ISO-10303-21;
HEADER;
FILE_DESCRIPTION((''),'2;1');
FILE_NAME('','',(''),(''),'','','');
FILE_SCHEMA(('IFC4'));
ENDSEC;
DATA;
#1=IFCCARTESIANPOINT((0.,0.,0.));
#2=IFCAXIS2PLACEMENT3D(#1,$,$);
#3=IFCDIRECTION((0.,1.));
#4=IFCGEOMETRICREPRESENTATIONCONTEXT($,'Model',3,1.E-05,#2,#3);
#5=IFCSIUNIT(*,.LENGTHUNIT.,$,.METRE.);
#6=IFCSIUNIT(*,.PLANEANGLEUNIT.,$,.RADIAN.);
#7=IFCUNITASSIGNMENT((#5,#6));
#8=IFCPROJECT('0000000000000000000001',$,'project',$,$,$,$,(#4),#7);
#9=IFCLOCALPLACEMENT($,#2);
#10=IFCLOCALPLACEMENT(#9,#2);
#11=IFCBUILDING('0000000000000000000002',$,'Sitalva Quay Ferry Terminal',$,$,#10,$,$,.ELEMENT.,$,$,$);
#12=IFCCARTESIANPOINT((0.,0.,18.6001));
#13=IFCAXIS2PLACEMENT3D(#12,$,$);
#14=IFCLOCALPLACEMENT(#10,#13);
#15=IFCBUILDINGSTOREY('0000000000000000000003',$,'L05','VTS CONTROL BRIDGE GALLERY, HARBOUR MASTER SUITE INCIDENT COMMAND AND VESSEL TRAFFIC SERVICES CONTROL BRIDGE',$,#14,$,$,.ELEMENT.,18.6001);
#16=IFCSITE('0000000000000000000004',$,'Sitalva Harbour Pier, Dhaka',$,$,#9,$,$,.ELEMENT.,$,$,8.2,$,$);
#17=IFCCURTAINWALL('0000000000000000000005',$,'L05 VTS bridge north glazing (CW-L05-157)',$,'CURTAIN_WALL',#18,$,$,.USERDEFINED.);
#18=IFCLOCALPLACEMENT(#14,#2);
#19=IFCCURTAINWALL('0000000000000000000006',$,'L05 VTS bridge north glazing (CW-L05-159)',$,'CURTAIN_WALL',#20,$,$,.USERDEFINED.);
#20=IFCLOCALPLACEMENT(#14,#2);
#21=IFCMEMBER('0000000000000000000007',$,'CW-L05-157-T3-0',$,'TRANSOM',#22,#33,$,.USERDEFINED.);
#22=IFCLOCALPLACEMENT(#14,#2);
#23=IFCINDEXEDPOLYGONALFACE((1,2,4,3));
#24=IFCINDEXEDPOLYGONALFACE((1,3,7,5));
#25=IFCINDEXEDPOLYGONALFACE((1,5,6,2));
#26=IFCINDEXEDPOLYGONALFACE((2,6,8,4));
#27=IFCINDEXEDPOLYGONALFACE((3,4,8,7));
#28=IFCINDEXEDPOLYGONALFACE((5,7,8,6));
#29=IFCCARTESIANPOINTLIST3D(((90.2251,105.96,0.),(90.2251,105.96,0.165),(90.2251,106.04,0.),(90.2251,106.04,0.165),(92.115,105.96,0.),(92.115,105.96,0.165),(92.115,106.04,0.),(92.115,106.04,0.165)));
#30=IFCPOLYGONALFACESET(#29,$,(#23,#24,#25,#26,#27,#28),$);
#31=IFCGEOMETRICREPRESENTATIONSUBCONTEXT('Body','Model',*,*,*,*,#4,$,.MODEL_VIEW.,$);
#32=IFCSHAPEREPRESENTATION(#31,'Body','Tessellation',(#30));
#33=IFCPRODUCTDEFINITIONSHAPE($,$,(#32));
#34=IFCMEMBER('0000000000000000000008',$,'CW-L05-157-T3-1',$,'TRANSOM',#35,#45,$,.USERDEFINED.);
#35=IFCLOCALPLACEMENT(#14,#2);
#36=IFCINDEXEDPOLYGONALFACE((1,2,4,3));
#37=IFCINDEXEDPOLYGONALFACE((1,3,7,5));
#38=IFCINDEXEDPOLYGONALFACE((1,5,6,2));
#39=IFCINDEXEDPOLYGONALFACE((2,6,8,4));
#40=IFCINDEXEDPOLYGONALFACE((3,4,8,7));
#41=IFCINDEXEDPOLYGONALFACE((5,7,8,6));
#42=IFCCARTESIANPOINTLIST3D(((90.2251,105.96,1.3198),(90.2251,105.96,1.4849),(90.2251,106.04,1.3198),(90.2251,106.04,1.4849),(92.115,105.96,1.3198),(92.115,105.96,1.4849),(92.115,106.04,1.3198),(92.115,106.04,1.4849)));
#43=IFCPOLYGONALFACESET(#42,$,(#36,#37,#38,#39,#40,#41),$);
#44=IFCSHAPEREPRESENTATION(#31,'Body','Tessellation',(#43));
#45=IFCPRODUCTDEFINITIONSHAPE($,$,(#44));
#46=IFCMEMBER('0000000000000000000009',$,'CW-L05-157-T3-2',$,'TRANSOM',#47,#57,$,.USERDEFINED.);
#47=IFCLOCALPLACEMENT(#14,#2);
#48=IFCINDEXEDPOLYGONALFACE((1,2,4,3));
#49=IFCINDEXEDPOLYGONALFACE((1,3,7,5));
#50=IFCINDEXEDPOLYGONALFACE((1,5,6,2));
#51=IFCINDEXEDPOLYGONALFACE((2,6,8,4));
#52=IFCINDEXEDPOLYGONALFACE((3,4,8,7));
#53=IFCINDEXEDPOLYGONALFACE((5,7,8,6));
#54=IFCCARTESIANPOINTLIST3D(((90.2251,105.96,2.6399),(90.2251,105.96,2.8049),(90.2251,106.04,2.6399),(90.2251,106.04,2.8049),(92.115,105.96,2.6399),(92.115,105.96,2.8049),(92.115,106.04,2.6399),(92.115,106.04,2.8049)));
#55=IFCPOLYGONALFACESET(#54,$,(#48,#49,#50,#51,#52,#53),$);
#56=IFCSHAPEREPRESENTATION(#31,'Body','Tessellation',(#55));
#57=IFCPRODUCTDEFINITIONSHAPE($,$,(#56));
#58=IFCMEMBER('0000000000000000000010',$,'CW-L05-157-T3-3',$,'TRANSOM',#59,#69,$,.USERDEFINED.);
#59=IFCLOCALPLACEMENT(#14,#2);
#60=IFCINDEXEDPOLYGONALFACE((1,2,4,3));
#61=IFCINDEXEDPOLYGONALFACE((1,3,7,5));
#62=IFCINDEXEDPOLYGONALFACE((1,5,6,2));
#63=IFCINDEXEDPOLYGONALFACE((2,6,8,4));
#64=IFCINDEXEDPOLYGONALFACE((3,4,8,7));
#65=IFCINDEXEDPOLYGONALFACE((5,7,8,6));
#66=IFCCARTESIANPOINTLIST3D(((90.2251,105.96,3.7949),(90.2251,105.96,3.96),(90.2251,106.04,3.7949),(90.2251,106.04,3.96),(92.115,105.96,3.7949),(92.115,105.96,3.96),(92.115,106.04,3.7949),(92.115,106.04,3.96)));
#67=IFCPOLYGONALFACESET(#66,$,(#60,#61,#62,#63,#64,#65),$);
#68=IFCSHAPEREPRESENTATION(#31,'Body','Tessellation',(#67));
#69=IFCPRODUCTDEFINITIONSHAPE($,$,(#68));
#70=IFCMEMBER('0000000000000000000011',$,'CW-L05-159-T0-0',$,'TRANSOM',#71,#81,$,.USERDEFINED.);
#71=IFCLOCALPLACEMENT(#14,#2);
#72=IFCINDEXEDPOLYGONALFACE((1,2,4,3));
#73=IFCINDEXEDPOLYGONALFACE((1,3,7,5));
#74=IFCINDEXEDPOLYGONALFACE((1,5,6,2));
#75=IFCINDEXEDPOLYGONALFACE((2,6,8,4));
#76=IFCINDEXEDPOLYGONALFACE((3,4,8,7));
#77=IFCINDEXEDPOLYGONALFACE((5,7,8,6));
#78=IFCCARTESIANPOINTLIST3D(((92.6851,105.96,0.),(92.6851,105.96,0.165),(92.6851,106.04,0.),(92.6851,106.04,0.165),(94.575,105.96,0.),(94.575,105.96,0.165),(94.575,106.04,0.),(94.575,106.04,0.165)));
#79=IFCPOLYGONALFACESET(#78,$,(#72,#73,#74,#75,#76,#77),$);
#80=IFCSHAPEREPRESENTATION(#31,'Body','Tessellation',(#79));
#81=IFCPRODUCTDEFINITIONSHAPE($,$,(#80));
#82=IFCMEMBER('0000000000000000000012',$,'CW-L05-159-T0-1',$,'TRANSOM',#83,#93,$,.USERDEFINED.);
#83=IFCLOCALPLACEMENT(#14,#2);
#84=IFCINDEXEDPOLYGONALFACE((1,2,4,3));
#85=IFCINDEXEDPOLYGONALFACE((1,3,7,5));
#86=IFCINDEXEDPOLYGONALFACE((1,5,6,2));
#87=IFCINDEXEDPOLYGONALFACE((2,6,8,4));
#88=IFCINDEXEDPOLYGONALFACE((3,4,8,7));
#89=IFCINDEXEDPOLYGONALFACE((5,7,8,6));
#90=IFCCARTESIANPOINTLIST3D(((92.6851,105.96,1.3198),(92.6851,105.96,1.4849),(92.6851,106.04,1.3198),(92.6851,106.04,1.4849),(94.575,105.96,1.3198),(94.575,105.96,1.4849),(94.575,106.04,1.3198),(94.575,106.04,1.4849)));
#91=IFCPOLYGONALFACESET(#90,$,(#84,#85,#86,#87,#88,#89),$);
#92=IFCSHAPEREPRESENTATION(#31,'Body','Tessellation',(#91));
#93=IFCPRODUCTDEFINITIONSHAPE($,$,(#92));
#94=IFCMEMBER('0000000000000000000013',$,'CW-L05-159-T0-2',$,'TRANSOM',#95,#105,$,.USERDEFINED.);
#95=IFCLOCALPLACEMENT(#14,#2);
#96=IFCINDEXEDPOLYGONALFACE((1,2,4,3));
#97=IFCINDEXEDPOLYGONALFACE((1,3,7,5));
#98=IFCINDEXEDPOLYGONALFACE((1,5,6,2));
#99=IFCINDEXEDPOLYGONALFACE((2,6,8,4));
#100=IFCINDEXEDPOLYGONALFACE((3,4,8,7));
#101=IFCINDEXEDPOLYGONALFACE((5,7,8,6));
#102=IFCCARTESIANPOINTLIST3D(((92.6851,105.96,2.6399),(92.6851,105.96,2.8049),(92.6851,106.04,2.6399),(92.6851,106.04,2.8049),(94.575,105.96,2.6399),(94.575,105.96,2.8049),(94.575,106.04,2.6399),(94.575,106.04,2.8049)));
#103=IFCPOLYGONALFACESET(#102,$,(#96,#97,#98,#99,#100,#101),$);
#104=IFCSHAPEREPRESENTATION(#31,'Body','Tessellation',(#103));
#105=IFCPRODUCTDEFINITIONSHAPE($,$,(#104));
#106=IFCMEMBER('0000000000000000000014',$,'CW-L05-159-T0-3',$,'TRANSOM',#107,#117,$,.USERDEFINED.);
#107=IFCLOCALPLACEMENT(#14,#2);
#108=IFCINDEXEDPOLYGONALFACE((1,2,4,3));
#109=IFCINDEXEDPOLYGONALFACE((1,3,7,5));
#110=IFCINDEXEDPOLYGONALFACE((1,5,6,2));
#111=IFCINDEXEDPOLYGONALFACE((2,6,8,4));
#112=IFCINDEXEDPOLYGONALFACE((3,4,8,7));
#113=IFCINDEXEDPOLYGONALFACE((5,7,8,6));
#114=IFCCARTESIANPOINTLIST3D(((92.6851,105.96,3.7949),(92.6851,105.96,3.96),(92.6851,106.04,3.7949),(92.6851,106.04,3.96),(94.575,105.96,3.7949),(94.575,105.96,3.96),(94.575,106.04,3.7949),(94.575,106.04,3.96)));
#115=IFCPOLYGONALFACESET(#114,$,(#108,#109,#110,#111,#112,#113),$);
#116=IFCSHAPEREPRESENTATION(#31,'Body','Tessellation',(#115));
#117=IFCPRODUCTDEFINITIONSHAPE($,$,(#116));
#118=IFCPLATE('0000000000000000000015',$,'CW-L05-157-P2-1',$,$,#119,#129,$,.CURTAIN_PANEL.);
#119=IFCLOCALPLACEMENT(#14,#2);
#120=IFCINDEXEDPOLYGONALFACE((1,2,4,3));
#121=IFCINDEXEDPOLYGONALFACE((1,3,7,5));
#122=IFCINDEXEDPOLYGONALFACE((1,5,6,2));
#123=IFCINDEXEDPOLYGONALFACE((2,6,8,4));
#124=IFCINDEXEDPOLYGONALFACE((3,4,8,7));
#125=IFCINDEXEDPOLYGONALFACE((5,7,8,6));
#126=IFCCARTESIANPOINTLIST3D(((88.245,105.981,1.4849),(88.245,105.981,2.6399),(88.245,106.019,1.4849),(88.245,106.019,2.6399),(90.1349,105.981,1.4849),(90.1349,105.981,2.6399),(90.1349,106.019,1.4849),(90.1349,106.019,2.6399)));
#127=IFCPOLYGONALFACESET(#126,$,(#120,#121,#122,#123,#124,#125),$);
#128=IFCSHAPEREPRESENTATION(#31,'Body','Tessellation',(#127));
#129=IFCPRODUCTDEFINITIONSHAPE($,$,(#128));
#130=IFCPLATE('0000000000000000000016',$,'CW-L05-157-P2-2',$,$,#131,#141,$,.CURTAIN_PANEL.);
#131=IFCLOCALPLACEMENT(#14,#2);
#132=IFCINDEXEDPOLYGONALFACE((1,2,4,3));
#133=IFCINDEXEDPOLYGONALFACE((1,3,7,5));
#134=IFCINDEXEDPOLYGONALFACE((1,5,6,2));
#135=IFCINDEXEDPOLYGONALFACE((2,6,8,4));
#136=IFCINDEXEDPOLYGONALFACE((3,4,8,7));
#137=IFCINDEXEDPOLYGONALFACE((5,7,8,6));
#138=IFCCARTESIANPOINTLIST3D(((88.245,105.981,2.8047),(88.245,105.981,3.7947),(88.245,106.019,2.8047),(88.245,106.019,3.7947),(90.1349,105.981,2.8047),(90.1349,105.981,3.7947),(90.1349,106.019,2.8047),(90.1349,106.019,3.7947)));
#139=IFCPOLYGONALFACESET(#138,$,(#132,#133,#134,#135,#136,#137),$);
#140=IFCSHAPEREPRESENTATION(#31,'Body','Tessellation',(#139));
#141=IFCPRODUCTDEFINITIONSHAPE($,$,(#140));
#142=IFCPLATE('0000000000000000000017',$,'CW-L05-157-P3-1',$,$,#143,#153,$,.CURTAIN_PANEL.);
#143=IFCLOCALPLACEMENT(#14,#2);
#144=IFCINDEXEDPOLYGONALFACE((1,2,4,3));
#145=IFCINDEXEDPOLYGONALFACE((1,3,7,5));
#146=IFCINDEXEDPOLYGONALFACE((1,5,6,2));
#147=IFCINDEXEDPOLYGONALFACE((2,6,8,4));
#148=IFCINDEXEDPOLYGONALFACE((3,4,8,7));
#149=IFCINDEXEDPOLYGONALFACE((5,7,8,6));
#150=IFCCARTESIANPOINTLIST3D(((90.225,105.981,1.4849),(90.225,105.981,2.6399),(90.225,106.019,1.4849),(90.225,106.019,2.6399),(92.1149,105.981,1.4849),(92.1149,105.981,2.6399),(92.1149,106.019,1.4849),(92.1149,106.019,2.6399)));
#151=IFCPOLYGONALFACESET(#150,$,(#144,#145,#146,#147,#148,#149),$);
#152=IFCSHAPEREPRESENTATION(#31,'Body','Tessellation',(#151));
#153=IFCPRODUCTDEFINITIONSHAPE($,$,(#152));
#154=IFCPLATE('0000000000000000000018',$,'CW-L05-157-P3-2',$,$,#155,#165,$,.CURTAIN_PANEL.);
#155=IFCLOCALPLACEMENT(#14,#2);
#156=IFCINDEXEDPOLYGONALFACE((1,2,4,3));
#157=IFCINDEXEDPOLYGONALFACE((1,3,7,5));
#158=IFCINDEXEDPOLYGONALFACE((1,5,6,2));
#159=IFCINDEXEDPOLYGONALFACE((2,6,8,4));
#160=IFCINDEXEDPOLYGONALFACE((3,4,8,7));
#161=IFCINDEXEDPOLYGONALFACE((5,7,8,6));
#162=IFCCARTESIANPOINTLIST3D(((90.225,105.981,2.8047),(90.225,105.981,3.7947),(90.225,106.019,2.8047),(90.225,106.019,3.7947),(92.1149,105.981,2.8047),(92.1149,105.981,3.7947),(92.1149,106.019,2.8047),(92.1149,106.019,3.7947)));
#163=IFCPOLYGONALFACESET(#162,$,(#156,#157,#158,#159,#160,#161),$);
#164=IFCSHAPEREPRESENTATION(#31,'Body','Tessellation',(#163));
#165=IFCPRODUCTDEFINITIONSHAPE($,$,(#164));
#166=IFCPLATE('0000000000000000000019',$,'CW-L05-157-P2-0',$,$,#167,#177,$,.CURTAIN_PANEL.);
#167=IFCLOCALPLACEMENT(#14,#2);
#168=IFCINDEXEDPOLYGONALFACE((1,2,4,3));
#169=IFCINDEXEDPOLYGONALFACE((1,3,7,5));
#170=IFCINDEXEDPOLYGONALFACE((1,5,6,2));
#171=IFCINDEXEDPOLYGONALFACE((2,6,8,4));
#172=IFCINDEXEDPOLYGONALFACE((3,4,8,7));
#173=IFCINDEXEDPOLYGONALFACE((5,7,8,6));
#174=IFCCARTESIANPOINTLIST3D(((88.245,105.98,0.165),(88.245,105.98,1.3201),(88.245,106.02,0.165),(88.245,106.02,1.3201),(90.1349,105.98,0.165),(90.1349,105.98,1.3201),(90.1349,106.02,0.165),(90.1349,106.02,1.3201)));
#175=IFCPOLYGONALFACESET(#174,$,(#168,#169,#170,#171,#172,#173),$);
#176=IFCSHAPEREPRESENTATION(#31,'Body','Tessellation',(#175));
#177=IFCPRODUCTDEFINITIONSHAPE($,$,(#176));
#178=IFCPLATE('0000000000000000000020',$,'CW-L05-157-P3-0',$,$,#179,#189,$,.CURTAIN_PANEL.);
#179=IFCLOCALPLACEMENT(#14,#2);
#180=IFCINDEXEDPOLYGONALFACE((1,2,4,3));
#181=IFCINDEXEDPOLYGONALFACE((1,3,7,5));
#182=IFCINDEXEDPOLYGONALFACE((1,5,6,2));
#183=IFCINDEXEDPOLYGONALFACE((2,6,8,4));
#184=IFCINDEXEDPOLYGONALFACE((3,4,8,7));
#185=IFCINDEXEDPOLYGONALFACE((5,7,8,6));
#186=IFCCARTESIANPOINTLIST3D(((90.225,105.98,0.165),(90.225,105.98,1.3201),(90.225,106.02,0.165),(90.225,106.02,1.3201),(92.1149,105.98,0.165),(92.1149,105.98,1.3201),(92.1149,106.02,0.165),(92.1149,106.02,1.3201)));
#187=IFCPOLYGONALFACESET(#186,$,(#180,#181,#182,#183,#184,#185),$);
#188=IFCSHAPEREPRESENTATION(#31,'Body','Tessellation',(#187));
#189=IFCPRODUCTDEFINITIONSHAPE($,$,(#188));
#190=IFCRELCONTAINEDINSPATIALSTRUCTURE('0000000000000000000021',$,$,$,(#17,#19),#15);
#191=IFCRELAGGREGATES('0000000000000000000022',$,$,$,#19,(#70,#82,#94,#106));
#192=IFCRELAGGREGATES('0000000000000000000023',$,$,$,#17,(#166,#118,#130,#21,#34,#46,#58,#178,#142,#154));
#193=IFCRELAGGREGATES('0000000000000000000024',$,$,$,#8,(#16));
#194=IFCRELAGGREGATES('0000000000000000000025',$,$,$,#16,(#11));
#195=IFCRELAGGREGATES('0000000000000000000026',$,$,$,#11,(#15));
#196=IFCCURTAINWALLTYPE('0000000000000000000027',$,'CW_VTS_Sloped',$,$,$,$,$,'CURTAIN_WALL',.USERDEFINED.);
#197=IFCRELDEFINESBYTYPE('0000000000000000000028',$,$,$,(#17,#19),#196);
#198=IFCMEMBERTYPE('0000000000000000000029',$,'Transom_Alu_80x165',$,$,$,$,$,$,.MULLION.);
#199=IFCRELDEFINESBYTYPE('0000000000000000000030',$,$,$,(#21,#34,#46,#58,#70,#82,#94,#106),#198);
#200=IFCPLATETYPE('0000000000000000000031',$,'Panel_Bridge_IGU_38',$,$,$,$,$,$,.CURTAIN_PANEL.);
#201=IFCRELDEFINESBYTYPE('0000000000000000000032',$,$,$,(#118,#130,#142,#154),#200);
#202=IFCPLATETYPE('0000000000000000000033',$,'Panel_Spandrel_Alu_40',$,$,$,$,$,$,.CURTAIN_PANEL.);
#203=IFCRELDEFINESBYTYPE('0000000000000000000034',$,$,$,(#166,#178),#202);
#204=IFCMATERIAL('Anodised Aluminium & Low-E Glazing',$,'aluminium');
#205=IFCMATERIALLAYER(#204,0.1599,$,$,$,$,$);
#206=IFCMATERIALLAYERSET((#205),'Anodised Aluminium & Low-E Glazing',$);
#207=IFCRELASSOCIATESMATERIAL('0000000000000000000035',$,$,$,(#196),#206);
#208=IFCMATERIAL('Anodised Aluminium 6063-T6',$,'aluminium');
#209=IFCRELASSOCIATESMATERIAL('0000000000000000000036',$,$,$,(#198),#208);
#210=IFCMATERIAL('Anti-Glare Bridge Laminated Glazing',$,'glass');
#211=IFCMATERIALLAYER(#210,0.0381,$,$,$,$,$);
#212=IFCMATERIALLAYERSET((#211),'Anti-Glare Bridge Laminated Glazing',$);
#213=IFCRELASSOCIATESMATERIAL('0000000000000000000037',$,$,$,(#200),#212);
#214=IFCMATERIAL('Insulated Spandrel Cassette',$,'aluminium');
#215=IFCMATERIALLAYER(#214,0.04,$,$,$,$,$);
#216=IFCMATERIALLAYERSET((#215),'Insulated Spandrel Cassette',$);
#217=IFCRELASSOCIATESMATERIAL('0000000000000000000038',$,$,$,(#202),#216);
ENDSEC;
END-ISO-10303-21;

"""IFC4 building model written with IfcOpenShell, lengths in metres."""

from ifc_helpers import new_model, si_unit, direction, frame, origin, origin_2d, place, context, subcontext, project, spatial, rectangle, extrude, material, layer, layer_set, material_profile, profile_set, type_object, element, aggregate, save


model = new_model("IFC4")

# Units and contexts
model_context = context("Model", 3, precision=1e-05, world=origin(), true_north=direction((0.0, 1.0)))
body_context = subcontext(model_context, "Body", "Model", "MODEL_VIEW")
ifc_project = project(units=[si_unit("LENGTHUNIT", "METRE"), si_unit("PLANEANGLEUNIT", "RADIAN")], contexts=[model_context])

# Site, building, storey
site_placement = place(None, origin())
site = spatial("IfcSite", under=ifc_project, at=site_placement, Name="Sitalva Harbour Pier, Dhaka", CompositionType="ELEMENT", RefElevation=8.2)
building_placement = place(site_placement, origin())
building = spatial("IfcBuilding", under=site, at=building_placement, Name="Sitalva Quay Ferry Terminal", CompositionType="ELEMENT")
storey_placement = place(building_placement, frame((0.0, 0.0, 18.6001)))
storey = spatial("IfcBuildingStorey", under=building, at=storey_placement, Name="L05", Description="VTS CONTROL BRIDGE GALLERY, HARBOUR MASTER SUITE INCIDENT COMMAND AND VESSEL TRAFFIC SERVICES CONTROL BRIDGE", CompositionType="ELEMENT", Elevation=18.6001)

# Curtain wall
ifc_material_1 = material(Name="Anodised Aluminium & Low-E Glazing", Category="aluminium")
ifc_layer_1 = layer(ifc_material_1, 0.1599)
ifc_layer_set_1 = layer_set([ifc_layer_1], Name="Anodised Aluminium & Low-E Glazing")
curtain_wall_type = type_object("IfcCurtainWallType", Name="CW_VTS_Sloped", ElementType="CURTAIN_WALL", PredefinedType="USERDEFINED", material=ifc_layer_set_1)
curtain_wall_1_placement = place(storey_placement, origin())
curtain_wall_1 = element("IfcCurtainWall", 1, at=curtain_wall_1_placement, inside=storey, type_object=curtain_wall_type, Name="L05 VTS bridge north glazing (CW-L05-157)", ObjectType="CURTAIN_WALL", PredefinedType="USERDEFINED")

# Curtain wall
curtain_wall_2_placement = place(storey_placement, origin())
curtain_wall_2 = element("IfcCurtainWall", 2, at=curtain_wall_2_placement, inside=storey, type_object=curtain_wall_type, Name="L05 VTS bridge north glazing (CW-L05-159)", ObjectType="CURTAIN_WALL", PredefinedType="USERDEFINED")

# Members
ifc_material_2 = material(Name="Anodised Aluminium 6063-T6", Category="aluminium")
ifc_material_profile_1 = material_profile(ifc_material_2, rectangle(XDim=0.0801, YDim=0.165, at=origin_2d()), Name="ALU80x165")
ifc_profile_set_1 = profile_set([ifc_material_profile_1], Name="Anodised Aluminium 6063-T6")
member_type_1 = type_object("IfcMemberType", Name="Transom_Alu_80x165", PredefinedType="MULLION", material=ifc_profile_set_1)
member_1_placement = place(storey_placement, frame((90.2251, 106.0, 0.0825), z_axis=(1.0, 0.0, 0.0), x_axis=(0.0, 1.0, 0.0)))
member_1 = element("IfcMember", 3, at=member_1_placement, type_object=member_type_1, Name="CW-L05-157-T3-0", ObjectType="TRANSOM", PredefinedType="USERDEFINED", context=body_context, shape_type="SweptSolid", body=[
    extrude(rectangle(XDim=0.0801, YDim=0.165, at=origin_2d()), origin(), (0.0, 0.0, 1.0), 1.8899),
])
member_2_placement = place(storey_placement, frame((90.2251, 106.0, 1.4023), z_axis=(1.0, 0.0, 0.0), x_axis=(0.0, 1.0, 0.0)))
member_2 = element("IfcMember", 4, at=member_2_placement, type_object=member_type_1, Name="CW-L05-157-T3-1", ObjectType="TRANSOM", PredefinedType="USERDEFINED", context=body_context, shape_type="SweptSolid", body=[
    extrude(rectangle(XDim=0.0801, YDim=0.165, at=origin_2d()), origin(), (0.0, 0.0, 1.0), 1.8899),
])
member_3_placement = place(storey_placement, frame((90.2251, 106.0, 2.7224), z_axis=(1.0, 0.0, 0.0), x_axis=(0.0, 1.0, 0.0)))
member_3 = element("IfcMember", 5, at=member_3_placement, type_object=member_type_1, Name="CW-L05-157-T3-2", ObjectType="TRANSOM", PredefinedType="USERDEFINED", context=body_context, shape_type="SweptSolid", body=[
    extrude(rectangle(XDim=0.0801, YDim=0.165, at=origin_2d()), origin(), (0.0, 0.0, 1.0), 1.8899),
])
member_4_placement = place(storey_placement, frame((90.2251, 106.0, 3.8774), z_axis=(1.0, 0.0, 0.0), x_axis=(0.0, 1.0, 0.0)))
member_4 = element("IfcMember", 6, at=member_4_placement, type_object=member_type_1, Name="CW-L05-157-T3-3", ObjectType="TRANSOM", PredefinedType="USERDEFINED", context=body_context, shape_type="SweptSolid", body=[
    extrude(rectangle(XDim=0.0801, YDim=0.165, at=origin_2d()), origin(), (0.0, 0.0, 1.0), 1.8899),
])
member_5_placement = place(storey_placement, frame((92.6851, 106.0, 0.0825), z_axis=(1.0, 0.0, 0.0), x_axis=(0.0, 1.0, 0.0)))
member_5 = element("IfcMember", 7, at=member_5_placement, type_object=member_type_1, Name="CW-L05-159-T0-0", ObjectType="TRANSOM", PredefinedType="USERDEFINED", context=body_context, shape_type="SweptSolid", body=[
    extrude(rectangle(XDim=0.0801, YDim=0.165, at=origin_2d()), origin(), (0.0, 0.0, 1.0), 1.8899),
])
member_6_placement = place(storey_placement, frame((92.6851, 106.0, 1.4023), z_axis=(1.0, 0.0, 0.0), x_axis=(0.0, 1.0, 0.0)))
member_6 = element("IfcMember", 8, at=member_6_placement, type_object=member_type_1, Name="CW-L05-159-T0-1", ObjectType="TRANSOM", PredefinedType="USERDEFINED", context=body_context, shape_type="SweptSolid", body=[
    extrude(rectangle(XDim=0.0801, YDim=0.165, at=origin_2d()), origin(), (0.0, 0.0, 1.0), 1.8899),
])
member_7_placement = place(storey_placement, frame((92.6851, 106.0, 2.7224), z_axis=(1.0, 0.0, 0.0), x_axis=(0.0, 1.0, 0.0)))
member_7 = element("IfcMember", 9, at=member_7_placement, type_object=member_type_1, Name="CW-L05-159-T0-2", ObjectType="TRANSOM", PredefinedType="USERDEFINED", context=body_context, shape_type="SweptSolid", body=[
    extrude(rectangle(XDim=0.0801, YDim=0.165, at=origin_2d()), origin(), (0.0, 0.0, 1.0), 1.8899),
])
member_8_placement = place(storey_placement, frame((92.6851, 106.0, 3.8774), z_axis=(1.0, 0.0, 0.0), x_axis=(0.0, 1.0, 0.0)))
member_8 = element("IfcMember", 10, at=member_8_placement, type_object=member_type_1, Name="CW-L05-159-T0-3", ObjectType="TRANSOM", PredefinedType="USERDEFINED", context=body_context, shape_type="SweptSolid", body=[
    extrude(rectangle(XDim=0.0801, YDim=0.165, at=origin_2d()), origin(), (0.0, 0.0, 1.0), 1.8899),
])
aggregate(curtain_wall_2, [member_5, member_6, member_7, member_8])

# Plates
ifc_material_3 = material(Name="Anti-Glare Bridge Laminated Glazing", Category="glass")
ifc_layer_2 = layer(ifc_material_3, 0.0381)
ifc_layer_set_2 = layer_set([ifc_layer_2], Name="Anti-Glare Bridge Laminated Glazing")
plate_type_1 = type_object("IfcPlateType", Name="Panel_Bridge_IGU_38", PredefinedType="CURTAIN_PANEL", material=ifc_layer_set_2)
plate_1_placement = place(storey_placement, frame((89.1899, 106.0, 1.4849), z_axis=(0.0, 0.0, 1.0), x_axis=(1.0, 0.0, 0.0)))
plate_1 = element("IfcPlate", 11, at=plate_1_placement, type_object=plate_type_1, Name="CW-L05-157-P2-1", PredefinedType="CURTAIN_PANEL", context=body_context, shape_type="SweptSolid", body=[
    extrude(rectangle(XDim=1.8899, YDim=0.0381, at=origin_2d()), origin(), (0.0, 0.0, 1.0), 1.155),
])
plate_2_placement = place(storey_placement, frame((89.1899, 106.0, 2.8047), z_axis=(0.0, 0.0, 1.0), x_axis=(1.0, 0.0, 0.0)))
plate_2 = element("IfcPlate", 12, at=plate_2_placement, type_object=plate_type_1, Name="CW-L05-157-P2-2", PredefinedType="CURTAIN_PANEL", context=body_context, shape_type="SweptSolid", body=[
    extrude(rectangle(XDim=1.8899, YDim=0.0381, at=origin_2d()), origin(), (0.0, 0.0, 1.0), 0.99),
])
plate_3_placement = place(storey_placement, frame((91.1699, 106.0, 1.4849), z_axis=(0.0, 0.0, 1.0), x_axis=(1.0, 0.0, 0.0)))
plate_3 = element("IfcPlate", 13, at=plate_3_placement, type_object=plate_type_1, Name="CW-L05-157-P3-1", PredefinedType="CURTAIN_PANEL", context=body_context, shape_type="SweptSolid", body=[
    extrude(rectangle(XDim=1.8899, YDim=0.0381, at=origin_2d()), origin(), (0.0, 0.0, 1.0), 1.155),
])
plate_4_placement = place(storey_placement, frame((91.1699, 106.0, 2.8047), z_axis=(0.0, 0.0, 1.0), x_axis=(1.0, 0.0, 0.0)))
plate_4 = element("IfcPlate", 14, at=plate_4_placement, type_object=plate_type_1, Name="CW-L05-157-P3-2", PredefinedType="CURTAIN_PANEL", context=body_context, shape_type="SweptSolid", body=[
    extrude(rectangle(XDim=1.8899, YDim=0.0381, at=origin_2d()), origin(), (0.0, 0.0, 1.0), 0.99),
])
ifc_material_4 = material(Name="Insulated Spandrel Cassette", Category="aluminium")
ifc_layer_3 = layer(ifc_material_4, 0.04)
ifc_layer_set_3 = layer_set([ifc_layer_3], Name="Insulated Spandrel Cassette")
plate_type_2 = type_object("IfcPlateType", Name="Panel_Spandrel_Alu_40", PredefinedType="CURTAIN_PANEL", material=ifc_layer_set_3)
plate_5_placement = place(storey_placement, frame((89.1899, 106.0, 0.165), z_axis=(0.0, 0.0, 1.0), x_axis=(1.0, 0.0, 0.0)))
plate_5 = element("IfcPlate", 15, at=plate_5_placement, type_object=plate_type_2, Name="CW-L05-157-P2-0", PredefinedType="CURTAIN_PANEL", context=body_context, shape_type="SweptSolid", body=[
    extrude(rectangle(XDim=1.8899, YDim=0.04, at=origin_2d()), origin(), (0.0, 0.0, 1.0), 1.155),
])
plate_6_placement = place(storey_placement, frame((91.1699, 106.0, 0.165), z_axis=(0.0, 0.0, 1.0), x_axis=(1.0, 0.0, 0.0)))
plate_6 = element("IfcPlate", 16, at=plate_6_placement, type_object=plate_type_2, Name="CW-L05-157-P3-0", PredefinedType="CURTAIN_PANEL", context=body_context, shape_type="SweptSolid", body=[
    extrude(rectangle(XDim=1.8899, YDim=0.04, at=origin_2d()), origin(), (0.0, 0.0, 1.0), 1.155),
])
aggregate(curtain_wall_1, [plate_5, plate_1, plate_2, member_1, member_2, member_3, member_4, plate_6, plate_3, plate_4])

save(model, "model.ifc")
